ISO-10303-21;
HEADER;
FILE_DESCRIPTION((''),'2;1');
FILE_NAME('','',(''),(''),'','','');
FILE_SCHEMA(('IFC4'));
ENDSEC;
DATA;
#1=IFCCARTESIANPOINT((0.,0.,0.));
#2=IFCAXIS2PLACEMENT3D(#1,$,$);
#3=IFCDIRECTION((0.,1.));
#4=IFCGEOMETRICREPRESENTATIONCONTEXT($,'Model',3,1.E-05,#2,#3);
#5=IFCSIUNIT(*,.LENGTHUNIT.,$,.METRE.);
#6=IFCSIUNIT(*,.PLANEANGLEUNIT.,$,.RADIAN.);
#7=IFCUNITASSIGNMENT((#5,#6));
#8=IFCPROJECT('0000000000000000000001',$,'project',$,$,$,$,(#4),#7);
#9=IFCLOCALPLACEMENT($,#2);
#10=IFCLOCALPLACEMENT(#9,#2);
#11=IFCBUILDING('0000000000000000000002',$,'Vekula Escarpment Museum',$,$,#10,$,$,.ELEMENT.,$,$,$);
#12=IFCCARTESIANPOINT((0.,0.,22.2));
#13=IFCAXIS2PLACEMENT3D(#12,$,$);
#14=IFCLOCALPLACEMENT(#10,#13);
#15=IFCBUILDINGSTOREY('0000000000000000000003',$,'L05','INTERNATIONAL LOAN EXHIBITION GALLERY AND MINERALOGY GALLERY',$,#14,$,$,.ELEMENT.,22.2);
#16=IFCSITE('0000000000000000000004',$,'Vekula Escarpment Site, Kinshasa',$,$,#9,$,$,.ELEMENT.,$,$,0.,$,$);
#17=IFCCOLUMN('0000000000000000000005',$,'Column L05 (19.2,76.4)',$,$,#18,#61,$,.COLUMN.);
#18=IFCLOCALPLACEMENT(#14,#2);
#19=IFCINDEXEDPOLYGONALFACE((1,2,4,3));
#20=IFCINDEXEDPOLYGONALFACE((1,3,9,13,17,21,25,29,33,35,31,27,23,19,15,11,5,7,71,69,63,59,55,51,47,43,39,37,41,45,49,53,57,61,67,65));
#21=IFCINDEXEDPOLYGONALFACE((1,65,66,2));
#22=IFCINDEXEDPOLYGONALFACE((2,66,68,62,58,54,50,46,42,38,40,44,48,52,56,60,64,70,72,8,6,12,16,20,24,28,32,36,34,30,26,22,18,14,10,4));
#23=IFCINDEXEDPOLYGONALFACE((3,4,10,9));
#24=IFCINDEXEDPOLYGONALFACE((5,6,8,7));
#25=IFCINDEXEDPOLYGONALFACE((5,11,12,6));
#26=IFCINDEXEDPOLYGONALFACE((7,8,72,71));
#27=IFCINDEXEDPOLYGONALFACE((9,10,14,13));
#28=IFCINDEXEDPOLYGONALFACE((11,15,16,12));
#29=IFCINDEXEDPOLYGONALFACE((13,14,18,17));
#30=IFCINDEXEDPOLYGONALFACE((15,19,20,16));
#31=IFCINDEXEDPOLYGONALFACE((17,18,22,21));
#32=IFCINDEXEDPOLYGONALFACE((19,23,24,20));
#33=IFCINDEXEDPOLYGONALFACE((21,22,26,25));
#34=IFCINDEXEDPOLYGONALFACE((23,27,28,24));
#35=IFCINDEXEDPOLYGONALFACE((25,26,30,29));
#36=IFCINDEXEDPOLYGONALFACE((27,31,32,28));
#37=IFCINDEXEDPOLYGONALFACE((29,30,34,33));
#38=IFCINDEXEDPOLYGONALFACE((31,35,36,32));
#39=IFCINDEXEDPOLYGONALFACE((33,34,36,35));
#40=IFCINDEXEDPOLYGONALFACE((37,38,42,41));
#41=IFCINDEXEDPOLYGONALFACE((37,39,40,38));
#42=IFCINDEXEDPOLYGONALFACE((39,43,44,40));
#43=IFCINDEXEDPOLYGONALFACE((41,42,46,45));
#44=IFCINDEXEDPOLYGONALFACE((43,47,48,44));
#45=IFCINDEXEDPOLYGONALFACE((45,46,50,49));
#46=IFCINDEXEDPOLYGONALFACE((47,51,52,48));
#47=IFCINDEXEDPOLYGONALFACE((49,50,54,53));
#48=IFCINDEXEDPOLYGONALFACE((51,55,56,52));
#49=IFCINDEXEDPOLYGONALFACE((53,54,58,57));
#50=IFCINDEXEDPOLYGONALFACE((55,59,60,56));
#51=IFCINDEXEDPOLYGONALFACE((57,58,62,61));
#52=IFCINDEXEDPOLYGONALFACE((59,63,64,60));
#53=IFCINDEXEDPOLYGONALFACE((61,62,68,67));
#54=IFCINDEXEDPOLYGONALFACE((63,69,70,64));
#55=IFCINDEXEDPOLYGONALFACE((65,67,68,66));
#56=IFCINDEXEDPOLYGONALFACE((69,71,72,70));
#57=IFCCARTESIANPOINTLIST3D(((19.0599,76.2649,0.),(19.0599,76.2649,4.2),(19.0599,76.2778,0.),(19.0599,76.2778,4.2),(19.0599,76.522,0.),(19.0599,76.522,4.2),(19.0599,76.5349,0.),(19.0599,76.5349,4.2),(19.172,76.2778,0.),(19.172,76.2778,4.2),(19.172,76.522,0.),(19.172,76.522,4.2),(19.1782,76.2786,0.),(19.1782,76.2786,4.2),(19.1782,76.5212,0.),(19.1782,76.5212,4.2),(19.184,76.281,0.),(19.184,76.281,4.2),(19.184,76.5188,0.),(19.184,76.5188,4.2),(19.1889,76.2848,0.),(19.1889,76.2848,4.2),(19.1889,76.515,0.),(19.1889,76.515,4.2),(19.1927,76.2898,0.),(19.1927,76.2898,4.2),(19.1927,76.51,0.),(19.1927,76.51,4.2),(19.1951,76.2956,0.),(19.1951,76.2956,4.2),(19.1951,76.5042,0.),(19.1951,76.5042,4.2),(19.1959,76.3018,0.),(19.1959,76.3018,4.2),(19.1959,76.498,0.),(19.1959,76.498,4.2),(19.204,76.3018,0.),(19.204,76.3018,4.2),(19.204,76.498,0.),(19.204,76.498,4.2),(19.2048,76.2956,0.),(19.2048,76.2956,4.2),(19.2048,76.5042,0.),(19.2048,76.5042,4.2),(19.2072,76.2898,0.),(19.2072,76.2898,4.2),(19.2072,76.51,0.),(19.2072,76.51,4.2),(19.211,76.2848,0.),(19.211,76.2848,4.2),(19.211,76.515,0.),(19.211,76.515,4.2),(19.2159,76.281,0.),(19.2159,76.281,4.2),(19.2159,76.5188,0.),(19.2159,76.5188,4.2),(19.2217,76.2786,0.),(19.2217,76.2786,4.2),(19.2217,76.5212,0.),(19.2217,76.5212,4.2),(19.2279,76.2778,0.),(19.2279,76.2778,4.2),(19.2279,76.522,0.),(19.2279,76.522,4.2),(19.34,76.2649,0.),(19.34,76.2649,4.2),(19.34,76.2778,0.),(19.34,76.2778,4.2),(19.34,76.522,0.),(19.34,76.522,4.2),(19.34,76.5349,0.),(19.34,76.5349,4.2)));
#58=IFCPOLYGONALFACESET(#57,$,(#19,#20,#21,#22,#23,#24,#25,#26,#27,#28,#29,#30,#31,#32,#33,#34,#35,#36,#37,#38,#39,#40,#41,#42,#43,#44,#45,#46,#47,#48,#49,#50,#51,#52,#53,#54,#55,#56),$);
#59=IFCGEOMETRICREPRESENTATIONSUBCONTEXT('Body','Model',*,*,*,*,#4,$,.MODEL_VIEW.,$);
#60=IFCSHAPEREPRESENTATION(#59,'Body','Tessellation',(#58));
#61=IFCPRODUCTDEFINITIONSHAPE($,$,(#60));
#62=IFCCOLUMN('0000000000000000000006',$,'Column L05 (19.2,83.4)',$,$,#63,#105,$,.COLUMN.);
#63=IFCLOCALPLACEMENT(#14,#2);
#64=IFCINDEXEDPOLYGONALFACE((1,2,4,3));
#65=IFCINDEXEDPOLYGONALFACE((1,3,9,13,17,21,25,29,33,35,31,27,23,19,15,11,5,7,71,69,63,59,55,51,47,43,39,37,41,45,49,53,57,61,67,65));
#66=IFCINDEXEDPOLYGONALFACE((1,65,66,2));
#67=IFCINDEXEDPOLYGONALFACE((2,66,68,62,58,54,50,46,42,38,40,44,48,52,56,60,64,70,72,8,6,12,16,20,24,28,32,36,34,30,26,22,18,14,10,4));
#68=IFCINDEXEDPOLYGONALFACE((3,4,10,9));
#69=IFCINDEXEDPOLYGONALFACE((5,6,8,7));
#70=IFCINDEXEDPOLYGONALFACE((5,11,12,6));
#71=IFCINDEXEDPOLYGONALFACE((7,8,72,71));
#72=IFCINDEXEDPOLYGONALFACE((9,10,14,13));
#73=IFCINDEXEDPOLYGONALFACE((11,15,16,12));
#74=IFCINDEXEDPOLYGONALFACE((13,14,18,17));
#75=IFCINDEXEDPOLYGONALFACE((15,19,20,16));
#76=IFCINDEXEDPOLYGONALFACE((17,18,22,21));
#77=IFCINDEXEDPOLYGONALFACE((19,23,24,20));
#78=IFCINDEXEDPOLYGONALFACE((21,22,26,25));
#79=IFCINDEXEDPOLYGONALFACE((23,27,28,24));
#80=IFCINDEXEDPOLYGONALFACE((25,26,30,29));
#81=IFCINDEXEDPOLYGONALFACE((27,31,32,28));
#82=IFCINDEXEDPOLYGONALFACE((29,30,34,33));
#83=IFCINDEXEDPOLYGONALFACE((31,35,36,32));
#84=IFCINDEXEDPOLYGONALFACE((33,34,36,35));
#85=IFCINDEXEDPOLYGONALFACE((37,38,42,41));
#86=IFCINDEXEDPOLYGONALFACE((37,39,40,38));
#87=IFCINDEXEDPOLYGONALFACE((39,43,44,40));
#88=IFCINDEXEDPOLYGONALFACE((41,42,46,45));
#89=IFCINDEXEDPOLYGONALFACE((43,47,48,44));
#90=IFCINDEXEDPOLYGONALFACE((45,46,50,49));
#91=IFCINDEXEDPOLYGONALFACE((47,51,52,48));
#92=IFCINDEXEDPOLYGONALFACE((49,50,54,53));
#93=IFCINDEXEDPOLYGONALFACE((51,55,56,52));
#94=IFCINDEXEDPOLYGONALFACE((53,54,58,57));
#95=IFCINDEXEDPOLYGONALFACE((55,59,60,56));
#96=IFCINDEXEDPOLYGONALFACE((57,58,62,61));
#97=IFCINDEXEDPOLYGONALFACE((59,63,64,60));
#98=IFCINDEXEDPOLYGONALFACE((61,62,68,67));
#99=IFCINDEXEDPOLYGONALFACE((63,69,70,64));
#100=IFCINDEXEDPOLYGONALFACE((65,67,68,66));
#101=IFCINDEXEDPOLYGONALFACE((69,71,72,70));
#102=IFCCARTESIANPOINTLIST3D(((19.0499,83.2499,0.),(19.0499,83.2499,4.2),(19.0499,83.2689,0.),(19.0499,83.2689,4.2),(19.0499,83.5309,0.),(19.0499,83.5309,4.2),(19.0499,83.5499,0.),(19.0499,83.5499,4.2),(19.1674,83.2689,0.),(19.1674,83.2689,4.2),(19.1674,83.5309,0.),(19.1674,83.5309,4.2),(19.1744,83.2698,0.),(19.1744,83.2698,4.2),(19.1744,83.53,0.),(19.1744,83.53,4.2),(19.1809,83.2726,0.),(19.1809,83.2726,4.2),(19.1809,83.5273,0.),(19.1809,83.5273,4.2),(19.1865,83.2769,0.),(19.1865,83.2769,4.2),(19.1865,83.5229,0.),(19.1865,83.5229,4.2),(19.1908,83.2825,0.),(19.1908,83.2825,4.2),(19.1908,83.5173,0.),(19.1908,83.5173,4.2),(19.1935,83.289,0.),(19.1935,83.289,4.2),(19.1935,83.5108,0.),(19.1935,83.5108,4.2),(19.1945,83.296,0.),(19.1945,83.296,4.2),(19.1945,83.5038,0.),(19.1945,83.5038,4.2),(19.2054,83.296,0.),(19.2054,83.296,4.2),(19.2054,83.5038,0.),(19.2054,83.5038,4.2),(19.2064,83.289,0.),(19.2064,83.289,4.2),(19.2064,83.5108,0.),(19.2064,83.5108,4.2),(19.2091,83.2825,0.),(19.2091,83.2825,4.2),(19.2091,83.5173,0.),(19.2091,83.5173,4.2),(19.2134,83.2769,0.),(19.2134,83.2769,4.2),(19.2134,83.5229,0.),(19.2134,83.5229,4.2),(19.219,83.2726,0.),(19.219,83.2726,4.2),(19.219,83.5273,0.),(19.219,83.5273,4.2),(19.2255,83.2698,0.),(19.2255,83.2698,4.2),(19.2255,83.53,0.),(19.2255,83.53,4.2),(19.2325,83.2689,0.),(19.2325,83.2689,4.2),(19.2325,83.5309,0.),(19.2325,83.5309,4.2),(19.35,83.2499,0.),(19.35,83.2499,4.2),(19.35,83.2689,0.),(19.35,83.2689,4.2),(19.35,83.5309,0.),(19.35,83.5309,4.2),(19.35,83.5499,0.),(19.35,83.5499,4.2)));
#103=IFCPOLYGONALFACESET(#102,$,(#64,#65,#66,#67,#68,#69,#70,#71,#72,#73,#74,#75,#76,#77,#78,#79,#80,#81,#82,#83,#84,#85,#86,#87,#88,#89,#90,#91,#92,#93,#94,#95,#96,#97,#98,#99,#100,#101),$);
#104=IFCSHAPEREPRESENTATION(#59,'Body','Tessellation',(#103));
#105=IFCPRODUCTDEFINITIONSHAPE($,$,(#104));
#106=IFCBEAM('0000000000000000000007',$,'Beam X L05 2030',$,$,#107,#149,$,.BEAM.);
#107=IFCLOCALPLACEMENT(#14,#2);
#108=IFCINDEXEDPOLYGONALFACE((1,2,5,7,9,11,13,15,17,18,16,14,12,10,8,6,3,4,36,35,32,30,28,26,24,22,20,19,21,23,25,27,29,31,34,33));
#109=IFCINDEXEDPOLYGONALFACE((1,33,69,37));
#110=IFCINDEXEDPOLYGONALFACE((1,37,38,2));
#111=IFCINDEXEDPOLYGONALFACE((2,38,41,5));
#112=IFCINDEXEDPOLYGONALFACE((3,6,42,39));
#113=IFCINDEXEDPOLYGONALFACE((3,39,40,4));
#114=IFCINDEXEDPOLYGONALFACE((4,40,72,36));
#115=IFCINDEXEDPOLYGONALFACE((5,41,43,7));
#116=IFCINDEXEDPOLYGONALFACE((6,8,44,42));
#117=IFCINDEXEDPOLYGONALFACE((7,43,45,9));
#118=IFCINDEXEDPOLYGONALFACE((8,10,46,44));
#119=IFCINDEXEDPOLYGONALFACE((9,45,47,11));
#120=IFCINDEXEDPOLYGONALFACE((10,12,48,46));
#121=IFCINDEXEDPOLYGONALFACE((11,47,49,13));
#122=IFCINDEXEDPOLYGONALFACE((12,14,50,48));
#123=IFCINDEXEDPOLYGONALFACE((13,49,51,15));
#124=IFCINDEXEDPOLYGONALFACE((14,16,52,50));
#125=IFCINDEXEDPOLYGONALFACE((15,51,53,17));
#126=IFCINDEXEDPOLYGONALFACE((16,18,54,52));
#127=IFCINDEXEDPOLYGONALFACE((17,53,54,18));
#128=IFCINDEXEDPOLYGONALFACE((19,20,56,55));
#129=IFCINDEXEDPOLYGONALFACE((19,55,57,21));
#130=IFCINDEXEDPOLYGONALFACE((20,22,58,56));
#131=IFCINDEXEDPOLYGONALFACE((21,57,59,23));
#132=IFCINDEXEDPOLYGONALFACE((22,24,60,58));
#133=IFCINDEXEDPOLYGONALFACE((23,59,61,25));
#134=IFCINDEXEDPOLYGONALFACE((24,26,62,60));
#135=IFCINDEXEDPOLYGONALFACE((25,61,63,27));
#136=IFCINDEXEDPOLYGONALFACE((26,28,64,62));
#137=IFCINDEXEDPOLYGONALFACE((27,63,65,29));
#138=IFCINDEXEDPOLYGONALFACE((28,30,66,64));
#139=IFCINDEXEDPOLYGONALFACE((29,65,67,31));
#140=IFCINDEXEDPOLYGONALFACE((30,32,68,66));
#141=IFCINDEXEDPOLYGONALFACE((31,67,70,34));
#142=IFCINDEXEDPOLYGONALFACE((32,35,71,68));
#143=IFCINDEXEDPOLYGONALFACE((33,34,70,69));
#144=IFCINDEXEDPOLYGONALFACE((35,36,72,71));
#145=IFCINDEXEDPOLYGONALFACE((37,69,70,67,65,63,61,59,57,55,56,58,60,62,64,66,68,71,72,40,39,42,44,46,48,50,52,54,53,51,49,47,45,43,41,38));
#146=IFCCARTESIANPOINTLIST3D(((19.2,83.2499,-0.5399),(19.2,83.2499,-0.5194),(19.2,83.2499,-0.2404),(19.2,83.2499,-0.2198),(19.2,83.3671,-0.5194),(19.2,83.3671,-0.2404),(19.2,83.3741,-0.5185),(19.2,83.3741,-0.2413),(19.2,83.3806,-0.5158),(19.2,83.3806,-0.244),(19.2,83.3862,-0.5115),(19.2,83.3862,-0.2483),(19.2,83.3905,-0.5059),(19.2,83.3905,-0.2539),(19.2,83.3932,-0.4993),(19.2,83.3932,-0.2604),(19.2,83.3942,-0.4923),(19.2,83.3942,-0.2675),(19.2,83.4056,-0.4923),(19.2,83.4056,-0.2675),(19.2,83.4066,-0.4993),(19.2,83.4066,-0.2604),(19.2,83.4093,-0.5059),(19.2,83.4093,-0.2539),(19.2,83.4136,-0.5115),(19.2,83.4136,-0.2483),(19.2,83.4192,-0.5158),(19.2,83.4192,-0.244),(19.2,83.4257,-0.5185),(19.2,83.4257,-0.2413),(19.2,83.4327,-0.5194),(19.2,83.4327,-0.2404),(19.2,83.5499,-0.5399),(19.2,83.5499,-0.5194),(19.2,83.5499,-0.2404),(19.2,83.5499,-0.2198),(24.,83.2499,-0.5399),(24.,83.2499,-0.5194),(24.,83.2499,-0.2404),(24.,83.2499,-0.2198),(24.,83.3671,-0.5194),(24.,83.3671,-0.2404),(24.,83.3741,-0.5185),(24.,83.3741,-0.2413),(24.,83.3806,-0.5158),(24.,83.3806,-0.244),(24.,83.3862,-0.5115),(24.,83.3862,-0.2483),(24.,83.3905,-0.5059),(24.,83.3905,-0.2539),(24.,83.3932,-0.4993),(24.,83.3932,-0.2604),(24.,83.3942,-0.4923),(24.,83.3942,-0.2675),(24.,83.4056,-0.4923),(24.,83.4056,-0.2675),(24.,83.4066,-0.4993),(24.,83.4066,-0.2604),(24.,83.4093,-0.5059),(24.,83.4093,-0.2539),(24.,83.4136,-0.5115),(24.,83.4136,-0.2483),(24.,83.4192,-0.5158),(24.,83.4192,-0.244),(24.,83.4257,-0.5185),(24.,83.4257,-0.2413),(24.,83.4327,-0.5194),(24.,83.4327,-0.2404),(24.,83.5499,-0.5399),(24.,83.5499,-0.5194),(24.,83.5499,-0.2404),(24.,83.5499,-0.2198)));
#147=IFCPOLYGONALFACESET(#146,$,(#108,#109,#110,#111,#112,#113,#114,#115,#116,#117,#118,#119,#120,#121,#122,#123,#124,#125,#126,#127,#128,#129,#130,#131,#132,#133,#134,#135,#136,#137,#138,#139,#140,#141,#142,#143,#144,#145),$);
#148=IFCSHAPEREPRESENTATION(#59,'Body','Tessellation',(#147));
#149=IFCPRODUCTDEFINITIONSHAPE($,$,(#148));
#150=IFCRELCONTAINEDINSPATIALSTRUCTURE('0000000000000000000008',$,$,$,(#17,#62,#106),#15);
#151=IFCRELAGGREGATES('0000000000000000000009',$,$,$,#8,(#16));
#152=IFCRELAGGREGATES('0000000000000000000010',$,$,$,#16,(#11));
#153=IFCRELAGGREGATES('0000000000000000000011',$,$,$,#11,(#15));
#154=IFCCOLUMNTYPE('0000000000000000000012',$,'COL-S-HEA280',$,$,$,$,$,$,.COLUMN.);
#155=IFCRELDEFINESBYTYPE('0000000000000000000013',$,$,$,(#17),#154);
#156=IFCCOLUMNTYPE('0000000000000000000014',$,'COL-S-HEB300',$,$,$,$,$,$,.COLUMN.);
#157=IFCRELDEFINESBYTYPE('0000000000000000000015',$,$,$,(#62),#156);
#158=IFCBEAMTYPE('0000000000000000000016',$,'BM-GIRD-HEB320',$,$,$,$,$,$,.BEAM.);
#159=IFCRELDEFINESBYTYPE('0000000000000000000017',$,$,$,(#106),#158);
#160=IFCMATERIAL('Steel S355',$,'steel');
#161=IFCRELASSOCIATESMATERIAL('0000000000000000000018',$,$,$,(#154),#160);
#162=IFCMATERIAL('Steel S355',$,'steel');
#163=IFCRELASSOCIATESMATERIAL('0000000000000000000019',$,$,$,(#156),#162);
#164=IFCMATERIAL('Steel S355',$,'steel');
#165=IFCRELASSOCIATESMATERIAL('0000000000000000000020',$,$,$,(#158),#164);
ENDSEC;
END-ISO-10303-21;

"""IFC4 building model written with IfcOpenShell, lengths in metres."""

from ifc_helpers import new_model, si_unit, direction, frame, origin, origin_2d, place, context, subcontext, project, spatial, i_section, extrude, material, material_profile, profile_set, type_object, element, save


model = new_model("IFC4")

# Units and contexts
model_context = context("Model", 3, precision=1e-05, world=origin(), true_north=direction((0.0, 1.0)))
body_context = subcontext(model_context, "Body", "Model", "MODEL_VIEW")
ifc_project = project(units=[si_unit("LENGTHUNIT", "METRE"), si_unit("PLANEANGLEUNIT", "RADIAN")], contexts=[model_context])

# Site, building, storey
site_placement = place(None, origin())
site = spatial("IfcSite", under=ifc_project, at=site_placement, Name="Vekula Escarpment Site, Kinshasa", CompositionType="ELEMENT", RefElevation=0.0)
building_placement = place(site_placement, origin())
building = spatial("IfcBuilding", under=site, at=building_placement, Name="Vekula Escarpment Museum", CompositionType="ELEMENT")
storey_placement = place(building_placement, frame((0.0, 0.0, 22.2)))
storey = spatial("IfcBuildingStorey", under=building, at=storey_placement, Name="L05", Description="INTERNATIONAL LOAN EXHIBITION GALLERY AND MINERALOGY GALLERY", CompositionType="ELEMENT", Elevation=22.2)

# Columns
ifc_material_1 = material(Name="Steel S355", Category="steel")
ifc_material_profile_1 = material_profile(ifc_material_1, i_section(OverallWidth=0.28, OverallDepth=0.27, WebThickness=0.0081, FlangeThickness=0.0129, FilletRadius=0.0239, at=origin_2d()), Name="HEA 280")
ifc_profile_set_1 = profile_set([ifc_material_profile_1], Name="Steel S355")
column_type_1 = type_object("IfcColumnType", Name="COL-S-HEA280", PredefinedType="COLUMN", material=ifc_profile_set_1)
column_1_placement = place(storey_placement, frame((19.2, 76.3999, 0.0), z_axis=(0.0, 0.0, 1.0), x_axis=(1.0, 0.0, 0.0)))
element("IfcColumn", 1, at=column_1_placement, inside=storey, type_object=column_type_1, Name="Column L05 (19.2,76.4)", PredefinedType="COLUMN", context=body_context, shape_type="SweptSolid", body=[
    extrude(i_section(OverallWidth=0.28, OverallDepth=0.27, WebThickness=0.0081, FlangeThickness=0.0129, FilletRadius=0.0239, at=origin_2d()), origin(), (0.0, 0.0, 1.0), 4.2),
])
ifc_material_2 = material(Name="Steel S355", Category="steel")
ifc_material_profile_2 = material_profile(ifc_material_2, i_section(OverallWidth=0.3, OverallDepth=0.3, WebThickness=0.011, FlangeThickness=0.019, FilletRadius=0.0271, at=origin_2d()), Name="HEB 300")
ifc_profile_set_2 = profile_set([ifc_material_profile_2], Name="Steel S355")
column_type_2 = type_object("IfcColumnType", Name="COL-S-HEB300", PredefinedType="COLUMN", material=ifc_profile_set_2)
column_2_placement = place(storey_placement, frame((19.2, 83.3999, 0.0), z_axis=(0.0, 0.0, 1.0), x_axis=(1.0, 0.0, 0.0)))
element("IfcColumn", 2, at=column_2_placement, inside=storey, type_object=column_type_2, Name="Column L05 (19.2,83.4)", PredefinedType="COLUMN", context=body_context, shape_type="SweptSolid", body=[
    extrude(i_section(OverallWidth=0.3, OverallDepth=0.3, WebThickness=0.011, FlangeThickness=0.019, FilletRadius=0.0271, at=origin_2d()), origin(), (0.0, 0.0, 1.0), 4.2),
])

# Beam
ifc_material_3 = material(Name="Steel S355", Category="steel")
ifc_material_profile_3 = material_profile(ifc_material_3, i_section(OverallWidth=0.3, OverallDepth=0.3201, WebThickness=0.0115, FlangeThickness=0.0205, FilletRadius=0.0271, at=origin_2d()), Name="HEB 320")
ifc_profile_set_3 = profile_set([ifc_material_profile_3], Name="Steel S355")
beam_type_1 = type_object("IfcBeamType", Name="BM-GIRD-HEB320", PredefinedType="BEAM", material=ifc_profile_set_3)
beam_1_placement = place(storey_placement, frame((19.2, 83.3999, -0.3799), z_axis=(1.0, 0.0, 0.0), x_axis=(0.0, 1.0, 0.0)))
element("IfcBeam", 3, at=beam_1_placement, inside=storey, type_object=beam_type_1, Name="Beam X L05 2030", PredefinedType="BEAM", context=body_context, shape_type="SweptSolid", body=[
    extrude(i_section(OverallWidth=0.3, OverallDepth=0.3201, WebThickness=0.0115, FlangeThickness=0.0205, FilletRadius=0.0271, at=origin_2d()), origin(), (0.0, 0.0, 1.0), 4.8),
])

save(model, "model.ifc")
